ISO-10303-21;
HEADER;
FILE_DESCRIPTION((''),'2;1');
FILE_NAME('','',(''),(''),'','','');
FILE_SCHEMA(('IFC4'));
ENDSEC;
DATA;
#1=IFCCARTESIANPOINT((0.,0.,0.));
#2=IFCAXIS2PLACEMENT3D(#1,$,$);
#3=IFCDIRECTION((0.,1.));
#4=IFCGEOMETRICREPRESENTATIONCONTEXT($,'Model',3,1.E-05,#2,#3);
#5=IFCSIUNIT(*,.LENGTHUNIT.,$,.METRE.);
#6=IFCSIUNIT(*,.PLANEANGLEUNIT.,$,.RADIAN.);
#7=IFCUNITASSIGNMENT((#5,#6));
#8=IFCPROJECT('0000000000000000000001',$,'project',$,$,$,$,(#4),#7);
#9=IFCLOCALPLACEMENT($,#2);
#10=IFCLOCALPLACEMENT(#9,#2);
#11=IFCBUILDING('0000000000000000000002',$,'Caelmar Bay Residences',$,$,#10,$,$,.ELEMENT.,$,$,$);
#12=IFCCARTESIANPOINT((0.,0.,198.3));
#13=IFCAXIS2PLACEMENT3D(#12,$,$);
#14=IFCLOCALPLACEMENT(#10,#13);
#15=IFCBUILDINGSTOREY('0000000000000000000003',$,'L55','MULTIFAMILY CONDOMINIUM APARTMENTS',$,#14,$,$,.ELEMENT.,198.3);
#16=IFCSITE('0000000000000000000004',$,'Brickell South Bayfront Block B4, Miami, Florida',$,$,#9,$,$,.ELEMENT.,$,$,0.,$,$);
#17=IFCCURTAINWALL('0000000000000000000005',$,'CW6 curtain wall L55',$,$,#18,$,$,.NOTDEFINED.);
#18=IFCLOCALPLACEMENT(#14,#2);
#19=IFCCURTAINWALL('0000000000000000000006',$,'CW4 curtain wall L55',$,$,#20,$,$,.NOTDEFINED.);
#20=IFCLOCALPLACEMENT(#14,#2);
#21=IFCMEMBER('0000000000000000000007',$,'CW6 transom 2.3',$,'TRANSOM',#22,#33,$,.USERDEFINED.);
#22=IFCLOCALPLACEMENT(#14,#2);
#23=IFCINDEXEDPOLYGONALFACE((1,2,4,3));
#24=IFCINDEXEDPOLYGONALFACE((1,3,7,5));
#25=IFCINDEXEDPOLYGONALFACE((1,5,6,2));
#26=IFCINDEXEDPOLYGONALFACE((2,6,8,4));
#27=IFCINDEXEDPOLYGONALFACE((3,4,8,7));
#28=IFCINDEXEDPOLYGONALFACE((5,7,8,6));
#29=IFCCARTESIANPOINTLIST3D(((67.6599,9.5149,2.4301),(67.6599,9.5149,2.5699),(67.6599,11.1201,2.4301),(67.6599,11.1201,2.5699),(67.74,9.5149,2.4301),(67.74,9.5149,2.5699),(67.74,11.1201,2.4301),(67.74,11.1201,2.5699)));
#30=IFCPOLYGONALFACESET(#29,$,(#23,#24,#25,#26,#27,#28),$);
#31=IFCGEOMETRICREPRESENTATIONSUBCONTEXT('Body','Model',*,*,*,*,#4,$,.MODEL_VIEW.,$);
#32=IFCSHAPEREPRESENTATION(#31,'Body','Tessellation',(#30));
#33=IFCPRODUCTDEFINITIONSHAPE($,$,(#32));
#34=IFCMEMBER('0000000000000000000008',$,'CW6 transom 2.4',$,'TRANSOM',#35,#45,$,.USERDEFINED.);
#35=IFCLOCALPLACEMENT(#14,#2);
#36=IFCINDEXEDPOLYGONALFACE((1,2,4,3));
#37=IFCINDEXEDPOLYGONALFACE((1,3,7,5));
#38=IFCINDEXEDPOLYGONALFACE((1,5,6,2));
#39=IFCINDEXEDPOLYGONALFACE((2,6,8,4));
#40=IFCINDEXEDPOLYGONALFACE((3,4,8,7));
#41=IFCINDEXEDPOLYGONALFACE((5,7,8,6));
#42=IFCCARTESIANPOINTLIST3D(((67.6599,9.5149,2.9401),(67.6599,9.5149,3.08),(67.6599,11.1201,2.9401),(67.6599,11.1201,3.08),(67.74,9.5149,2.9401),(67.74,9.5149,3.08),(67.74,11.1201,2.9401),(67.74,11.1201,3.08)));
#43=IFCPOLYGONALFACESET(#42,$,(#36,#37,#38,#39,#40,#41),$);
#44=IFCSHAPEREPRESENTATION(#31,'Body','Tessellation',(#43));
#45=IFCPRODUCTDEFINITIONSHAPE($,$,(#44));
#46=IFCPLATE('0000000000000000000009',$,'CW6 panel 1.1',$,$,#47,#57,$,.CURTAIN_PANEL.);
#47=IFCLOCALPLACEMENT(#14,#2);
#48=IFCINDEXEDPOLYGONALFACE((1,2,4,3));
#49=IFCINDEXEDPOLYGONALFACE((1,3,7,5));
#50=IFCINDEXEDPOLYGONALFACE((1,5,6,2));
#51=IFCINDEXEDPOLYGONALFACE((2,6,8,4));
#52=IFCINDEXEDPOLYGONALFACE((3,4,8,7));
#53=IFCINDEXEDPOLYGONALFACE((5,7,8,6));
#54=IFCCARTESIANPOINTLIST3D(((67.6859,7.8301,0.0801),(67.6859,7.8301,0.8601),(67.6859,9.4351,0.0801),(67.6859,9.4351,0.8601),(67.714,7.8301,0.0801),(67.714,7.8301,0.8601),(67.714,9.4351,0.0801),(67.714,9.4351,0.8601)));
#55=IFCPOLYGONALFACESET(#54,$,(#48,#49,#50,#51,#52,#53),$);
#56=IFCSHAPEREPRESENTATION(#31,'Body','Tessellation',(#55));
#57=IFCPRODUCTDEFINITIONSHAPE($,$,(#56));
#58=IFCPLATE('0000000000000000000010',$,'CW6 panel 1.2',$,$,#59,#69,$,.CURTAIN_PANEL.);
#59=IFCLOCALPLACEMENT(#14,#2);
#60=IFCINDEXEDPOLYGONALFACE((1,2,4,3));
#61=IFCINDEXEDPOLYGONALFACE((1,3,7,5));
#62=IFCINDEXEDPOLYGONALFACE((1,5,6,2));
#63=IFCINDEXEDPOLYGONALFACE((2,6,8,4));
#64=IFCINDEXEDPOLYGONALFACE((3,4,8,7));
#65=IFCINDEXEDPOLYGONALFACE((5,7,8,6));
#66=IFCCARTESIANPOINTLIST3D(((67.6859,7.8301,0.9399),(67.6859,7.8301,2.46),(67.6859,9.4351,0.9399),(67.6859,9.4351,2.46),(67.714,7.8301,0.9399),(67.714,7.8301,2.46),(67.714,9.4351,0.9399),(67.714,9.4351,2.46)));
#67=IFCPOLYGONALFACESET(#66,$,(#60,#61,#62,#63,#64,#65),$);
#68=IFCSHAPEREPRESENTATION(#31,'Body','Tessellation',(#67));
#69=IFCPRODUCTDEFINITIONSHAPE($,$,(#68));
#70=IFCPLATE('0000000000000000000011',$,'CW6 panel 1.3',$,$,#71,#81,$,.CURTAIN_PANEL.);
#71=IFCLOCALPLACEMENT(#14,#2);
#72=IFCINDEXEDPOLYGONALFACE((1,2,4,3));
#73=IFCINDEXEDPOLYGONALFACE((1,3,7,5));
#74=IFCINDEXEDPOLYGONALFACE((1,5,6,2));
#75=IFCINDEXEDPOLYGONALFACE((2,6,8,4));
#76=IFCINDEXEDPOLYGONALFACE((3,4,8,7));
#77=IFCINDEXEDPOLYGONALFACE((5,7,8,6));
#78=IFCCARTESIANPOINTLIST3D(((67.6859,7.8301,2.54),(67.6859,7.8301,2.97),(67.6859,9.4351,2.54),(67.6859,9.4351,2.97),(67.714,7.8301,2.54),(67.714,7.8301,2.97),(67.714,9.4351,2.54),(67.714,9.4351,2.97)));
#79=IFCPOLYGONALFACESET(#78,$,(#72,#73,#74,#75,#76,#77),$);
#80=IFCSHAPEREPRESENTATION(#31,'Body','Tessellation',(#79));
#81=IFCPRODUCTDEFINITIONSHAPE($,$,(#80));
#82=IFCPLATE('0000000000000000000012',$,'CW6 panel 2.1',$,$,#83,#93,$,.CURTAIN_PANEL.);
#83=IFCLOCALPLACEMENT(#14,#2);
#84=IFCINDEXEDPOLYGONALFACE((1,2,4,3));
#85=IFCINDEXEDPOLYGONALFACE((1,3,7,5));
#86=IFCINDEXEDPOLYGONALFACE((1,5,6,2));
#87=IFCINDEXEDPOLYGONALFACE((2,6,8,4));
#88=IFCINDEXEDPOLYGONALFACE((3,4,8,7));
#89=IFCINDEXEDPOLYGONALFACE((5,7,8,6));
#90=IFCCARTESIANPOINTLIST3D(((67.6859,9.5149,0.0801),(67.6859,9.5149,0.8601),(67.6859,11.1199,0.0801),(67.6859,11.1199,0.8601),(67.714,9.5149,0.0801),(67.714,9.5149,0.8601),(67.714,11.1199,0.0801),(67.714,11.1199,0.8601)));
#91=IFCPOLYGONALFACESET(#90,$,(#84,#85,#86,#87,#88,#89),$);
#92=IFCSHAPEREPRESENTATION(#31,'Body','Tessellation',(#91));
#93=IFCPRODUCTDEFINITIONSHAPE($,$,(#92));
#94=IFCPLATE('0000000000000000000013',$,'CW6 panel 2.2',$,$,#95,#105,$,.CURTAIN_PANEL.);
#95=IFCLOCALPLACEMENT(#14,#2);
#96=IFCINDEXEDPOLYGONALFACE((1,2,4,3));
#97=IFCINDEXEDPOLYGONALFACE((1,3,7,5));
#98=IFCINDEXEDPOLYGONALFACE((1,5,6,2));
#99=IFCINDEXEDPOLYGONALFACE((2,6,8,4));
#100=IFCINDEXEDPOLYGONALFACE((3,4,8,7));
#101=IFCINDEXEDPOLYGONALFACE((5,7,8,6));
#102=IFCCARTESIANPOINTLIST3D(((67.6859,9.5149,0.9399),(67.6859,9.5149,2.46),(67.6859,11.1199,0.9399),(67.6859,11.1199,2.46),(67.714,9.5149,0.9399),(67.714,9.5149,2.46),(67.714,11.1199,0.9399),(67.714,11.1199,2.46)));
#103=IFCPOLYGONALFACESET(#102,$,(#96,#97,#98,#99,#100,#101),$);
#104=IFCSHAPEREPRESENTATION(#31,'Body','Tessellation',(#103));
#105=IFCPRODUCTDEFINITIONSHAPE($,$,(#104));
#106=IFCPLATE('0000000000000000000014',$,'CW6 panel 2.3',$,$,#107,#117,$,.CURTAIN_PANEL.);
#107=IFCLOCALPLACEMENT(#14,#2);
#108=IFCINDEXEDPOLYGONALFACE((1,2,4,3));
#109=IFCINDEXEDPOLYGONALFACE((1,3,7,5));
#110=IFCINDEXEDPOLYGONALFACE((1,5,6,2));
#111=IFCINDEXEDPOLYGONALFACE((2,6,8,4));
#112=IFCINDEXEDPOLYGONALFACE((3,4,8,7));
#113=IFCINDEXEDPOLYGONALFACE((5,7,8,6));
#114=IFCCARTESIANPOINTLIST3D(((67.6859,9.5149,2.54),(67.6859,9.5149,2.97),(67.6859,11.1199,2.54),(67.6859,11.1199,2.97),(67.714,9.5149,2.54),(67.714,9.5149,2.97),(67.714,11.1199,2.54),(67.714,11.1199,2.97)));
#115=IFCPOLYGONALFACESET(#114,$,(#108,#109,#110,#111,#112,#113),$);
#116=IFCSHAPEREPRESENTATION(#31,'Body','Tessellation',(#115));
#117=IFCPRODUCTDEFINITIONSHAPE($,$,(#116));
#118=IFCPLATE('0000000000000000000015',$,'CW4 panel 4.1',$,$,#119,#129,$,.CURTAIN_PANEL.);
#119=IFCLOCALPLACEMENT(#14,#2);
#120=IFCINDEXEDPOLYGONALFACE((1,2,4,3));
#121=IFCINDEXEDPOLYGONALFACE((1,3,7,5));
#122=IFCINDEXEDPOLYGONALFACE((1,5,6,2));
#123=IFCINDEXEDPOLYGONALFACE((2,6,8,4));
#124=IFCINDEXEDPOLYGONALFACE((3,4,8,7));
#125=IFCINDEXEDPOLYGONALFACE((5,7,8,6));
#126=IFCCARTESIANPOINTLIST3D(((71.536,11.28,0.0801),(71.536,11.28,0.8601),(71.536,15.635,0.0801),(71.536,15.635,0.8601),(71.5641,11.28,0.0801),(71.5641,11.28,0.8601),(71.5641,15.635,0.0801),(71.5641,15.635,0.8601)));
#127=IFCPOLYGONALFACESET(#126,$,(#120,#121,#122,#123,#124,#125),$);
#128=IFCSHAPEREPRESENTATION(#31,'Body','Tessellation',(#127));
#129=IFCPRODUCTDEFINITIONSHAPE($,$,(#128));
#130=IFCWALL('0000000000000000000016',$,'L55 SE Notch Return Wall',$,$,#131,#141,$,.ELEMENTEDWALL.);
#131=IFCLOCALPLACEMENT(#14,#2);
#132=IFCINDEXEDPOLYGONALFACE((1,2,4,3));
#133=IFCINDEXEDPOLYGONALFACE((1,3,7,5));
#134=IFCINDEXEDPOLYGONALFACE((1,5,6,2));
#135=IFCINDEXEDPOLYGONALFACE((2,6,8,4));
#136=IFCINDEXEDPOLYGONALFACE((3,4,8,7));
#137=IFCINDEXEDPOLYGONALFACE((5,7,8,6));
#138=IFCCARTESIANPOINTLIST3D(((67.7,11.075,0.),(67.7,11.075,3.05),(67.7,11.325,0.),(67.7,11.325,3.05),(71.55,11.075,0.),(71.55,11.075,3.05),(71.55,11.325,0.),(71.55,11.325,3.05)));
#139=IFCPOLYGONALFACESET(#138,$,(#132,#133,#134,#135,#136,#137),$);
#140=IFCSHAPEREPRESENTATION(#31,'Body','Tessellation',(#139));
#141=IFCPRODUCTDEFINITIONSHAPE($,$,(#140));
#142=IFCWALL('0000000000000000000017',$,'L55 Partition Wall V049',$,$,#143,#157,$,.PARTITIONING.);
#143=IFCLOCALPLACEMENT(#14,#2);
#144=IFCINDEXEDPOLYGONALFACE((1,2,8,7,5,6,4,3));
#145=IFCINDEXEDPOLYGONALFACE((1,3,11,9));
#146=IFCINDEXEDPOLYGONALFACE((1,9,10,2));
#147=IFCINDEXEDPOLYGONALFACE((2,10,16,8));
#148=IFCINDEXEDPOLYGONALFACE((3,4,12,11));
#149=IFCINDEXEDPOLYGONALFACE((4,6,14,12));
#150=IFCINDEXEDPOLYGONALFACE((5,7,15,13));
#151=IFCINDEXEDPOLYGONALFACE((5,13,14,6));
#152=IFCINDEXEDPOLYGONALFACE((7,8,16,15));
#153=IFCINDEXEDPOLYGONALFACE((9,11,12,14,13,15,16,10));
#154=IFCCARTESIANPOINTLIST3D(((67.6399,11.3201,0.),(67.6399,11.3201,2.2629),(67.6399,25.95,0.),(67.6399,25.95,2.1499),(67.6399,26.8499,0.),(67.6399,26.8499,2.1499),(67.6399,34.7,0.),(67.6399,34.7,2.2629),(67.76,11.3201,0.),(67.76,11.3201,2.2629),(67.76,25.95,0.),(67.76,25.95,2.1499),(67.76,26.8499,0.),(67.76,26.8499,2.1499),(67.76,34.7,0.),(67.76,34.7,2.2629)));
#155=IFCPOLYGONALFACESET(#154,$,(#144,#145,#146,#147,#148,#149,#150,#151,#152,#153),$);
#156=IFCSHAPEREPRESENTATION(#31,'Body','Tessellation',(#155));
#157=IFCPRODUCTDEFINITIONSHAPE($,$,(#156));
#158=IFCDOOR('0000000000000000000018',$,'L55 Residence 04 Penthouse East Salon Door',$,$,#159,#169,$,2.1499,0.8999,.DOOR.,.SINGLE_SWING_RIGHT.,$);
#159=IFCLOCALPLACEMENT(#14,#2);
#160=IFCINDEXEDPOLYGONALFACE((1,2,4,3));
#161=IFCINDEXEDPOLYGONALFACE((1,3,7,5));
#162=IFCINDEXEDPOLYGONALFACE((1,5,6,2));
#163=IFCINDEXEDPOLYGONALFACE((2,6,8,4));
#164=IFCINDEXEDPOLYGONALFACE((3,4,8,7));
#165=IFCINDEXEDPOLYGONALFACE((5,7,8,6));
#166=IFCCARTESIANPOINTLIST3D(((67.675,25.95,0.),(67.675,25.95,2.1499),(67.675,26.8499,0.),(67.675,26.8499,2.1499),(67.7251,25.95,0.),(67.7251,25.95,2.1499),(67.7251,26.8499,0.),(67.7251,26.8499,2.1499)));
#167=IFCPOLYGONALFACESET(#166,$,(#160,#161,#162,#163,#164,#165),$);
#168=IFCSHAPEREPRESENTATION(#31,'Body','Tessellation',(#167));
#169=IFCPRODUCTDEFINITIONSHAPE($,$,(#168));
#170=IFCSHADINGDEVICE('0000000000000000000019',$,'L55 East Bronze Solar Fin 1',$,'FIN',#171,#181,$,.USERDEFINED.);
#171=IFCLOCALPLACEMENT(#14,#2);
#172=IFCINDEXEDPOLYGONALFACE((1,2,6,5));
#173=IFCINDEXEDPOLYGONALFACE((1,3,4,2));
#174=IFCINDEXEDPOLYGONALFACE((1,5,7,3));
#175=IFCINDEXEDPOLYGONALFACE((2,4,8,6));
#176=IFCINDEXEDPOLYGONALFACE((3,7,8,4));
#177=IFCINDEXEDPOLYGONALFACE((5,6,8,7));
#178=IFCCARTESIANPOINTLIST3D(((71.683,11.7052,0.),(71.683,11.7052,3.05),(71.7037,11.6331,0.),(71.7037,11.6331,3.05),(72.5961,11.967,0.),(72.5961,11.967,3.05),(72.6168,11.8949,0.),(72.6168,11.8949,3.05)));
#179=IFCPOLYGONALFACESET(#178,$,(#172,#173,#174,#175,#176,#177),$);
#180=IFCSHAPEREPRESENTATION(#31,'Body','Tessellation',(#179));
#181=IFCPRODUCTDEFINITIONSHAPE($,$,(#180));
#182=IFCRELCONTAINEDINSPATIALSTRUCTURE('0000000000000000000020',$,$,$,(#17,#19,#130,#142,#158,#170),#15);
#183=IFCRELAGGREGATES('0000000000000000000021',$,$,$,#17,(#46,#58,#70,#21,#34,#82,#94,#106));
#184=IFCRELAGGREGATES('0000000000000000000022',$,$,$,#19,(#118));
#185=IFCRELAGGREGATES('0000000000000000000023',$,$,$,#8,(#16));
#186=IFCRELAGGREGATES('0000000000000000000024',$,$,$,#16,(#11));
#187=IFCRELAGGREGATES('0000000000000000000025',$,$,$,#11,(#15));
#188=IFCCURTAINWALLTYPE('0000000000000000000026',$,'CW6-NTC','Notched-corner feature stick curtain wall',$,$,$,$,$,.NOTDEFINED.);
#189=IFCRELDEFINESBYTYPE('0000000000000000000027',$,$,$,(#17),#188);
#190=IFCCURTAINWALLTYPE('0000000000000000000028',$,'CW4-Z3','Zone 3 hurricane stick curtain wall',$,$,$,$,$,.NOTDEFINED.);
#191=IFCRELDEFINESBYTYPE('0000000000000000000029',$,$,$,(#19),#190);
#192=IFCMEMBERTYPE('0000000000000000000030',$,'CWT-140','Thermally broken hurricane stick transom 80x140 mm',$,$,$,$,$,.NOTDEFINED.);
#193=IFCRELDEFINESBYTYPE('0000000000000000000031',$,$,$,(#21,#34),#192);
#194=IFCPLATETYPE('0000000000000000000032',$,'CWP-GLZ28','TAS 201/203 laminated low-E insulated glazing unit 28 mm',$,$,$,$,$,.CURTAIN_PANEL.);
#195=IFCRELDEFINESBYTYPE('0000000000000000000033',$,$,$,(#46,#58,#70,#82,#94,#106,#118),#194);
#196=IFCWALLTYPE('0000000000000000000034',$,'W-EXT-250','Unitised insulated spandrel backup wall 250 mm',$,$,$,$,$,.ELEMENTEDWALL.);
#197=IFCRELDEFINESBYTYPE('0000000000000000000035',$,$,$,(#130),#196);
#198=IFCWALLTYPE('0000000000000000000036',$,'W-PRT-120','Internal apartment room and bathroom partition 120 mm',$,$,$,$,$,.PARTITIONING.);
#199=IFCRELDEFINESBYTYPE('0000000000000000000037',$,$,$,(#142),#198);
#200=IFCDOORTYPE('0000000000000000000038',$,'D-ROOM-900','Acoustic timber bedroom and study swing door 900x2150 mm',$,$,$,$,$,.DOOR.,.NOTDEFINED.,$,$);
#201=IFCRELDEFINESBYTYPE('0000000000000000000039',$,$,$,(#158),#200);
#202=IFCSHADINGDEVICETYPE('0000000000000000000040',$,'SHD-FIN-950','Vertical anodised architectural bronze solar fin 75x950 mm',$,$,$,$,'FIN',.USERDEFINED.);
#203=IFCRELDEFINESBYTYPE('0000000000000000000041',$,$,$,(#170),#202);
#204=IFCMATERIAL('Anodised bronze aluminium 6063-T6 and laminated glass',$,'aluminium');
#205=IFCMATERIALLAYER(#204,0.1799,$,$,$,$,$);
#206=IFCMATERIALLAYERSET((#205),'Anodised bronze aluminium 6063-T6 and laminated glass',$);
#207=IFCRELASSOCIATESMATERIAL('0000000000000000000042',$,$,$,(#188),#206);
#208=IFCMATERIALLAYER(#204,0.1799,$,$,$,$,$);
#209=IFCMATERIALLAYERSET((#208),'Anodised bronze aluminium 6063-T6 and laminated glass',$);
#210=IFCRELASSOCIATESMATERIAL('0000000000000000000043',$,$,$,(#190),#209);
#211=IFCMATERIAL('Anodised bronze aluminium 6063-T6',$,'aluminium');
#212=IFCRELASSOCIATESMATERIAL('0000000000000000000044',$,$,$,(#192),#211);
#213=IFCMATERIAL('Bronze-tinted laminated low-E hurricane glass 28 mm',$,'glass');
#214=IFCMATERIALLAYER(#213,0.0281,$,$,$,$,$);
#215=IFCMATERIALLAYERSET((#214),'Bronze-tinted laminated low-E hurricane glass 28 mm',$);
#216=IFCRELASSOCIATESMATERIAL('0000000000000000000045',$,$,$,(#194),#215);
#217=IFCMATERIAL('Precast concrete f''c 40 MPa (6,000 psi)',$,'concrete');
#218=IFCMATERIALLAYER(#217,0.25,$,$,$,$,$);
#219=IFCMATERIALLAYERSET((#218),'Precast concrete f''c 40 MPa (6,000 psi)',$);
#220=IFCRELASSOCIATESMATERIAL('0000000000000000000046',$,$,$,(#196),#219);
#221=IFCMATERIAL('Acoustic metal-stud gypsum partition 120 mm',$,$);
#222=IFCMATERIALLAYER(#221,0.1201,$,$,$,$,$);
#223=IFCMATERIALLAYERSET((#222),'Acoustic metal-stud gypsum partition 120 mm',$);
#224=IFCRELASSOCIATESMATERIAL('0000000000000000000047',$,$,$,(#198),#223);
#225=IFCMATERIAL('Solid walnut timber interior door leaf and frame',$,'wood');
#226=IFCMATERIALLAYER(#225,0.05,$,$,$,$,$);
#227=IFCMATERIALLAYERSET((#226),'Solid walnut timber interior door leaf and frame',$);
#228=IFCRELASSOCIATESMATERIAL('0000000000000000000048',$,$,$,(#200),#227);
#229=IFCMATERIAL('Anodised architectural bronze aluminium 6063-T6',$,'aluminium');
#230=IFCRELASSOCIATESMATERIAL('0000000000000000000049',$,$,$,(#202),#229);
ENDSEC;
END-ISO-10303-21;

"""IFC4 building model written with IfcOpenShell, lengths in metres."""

from ifc_helpers import new_model, si_unit, direction, frame, frame_2d, origin, origin_2d, place, context, subcontext, project, spatial, rectangle, extrude, material, layer, layer_set, material_profile, profile_set, type_object, element, fill, aggregate, save


model = new_model("IFC4")

# Units and contexts
model_context = context("Model", 3, precision=1e-05, world=origin(), true_north=direction((0.0, 1.0)))
body_context = subcontext(model_context, "Body", "Model", "MODEL_VIEW")
ifc_project = project(units=[si_unit("LENGTHUNIT", "METRE"), si_unit("PLANEANGLEUNIT", "RADIAN")], contexts=[model_context])

# Site, building, storey
site_placement = place(None, origin())
site = spatial("IfcSite", under=ifc_project, at=site_placement, Name="Brickell South Bayfront Block B4, Miami, Florida", CompositionType="ELEMENT", RefElevation=0.0)
building_placement = place(site_placement, origin())
building = spatial("IfcBuilding", under=site, at=building_placement, Name="Caelmar Bay Residences", CompositionType="ELEMENT")
storey_placement = place(building_placement, frame((0.0, 0.0, 198.3)))
storey = spatial("IfcBuildingStorey", under=building, at=storey_placement, Name="L55", Description="MULTIFAMILY CONDOMINIUM APARTMENTS", CompositionType="ELEMENT", Elevation=198.3)

# Curtain wall
ifc_material_1 = material(Name="Anodised bronze aluminium 6063-T6 and laminated glass", Category="aluminium")
ifc_layer_1 = layer(ifc_material_1, 0.1799)
ifc_layer_set_1 = layer_set([ifc_layer_1], Name="Anodised bronze aluminium 6063-T6 and laminated glass")
curtain_wall_type_1 = type_object("IfcCurtainWallType", Name="CW6-NTC", Description="Notched-corner feature stick curtain wall", PredefinedType="NOTDEFINED", material=ifc_layer_set_1)
curtain_wall_1_placement = place(storey_placement, origin())
curtain_wall_1 = element("IfcCurtainWall", 1, at=curtain_wall_1_placement, inside=storey, type_object=curtain_wall_type_1, Name="CW6 curtain wall L55", PredefinedType="NOTDEFINED")
ifc_material_2 = material(Name="Anodised bronze aluminium 6063-T6", Category="aluminium")

# Curtain wall
ifc_layer_2 = layer(ifc_material_1, 0.1799)
ifc_layer_set_2 = layer_set([ifc_layer_2], Name="Anodised bronze aluminium 6063-T6 and laminated glass")
curtain_wall_type_2 = type_object("IfcCurtainWallType", Name="CW4-Z3", Description="Zone 3 hurricane stick curtain wall", PredefinedType="NOTDEFINED", material=ifc_layer_set_2)
curtain_wall_2_placement = place(storey_placement, origin())
curtain_wall_2 = element("IfcCurtainWall", 2, at=curtain_wall_2_placement, inside=storey, type_object=curtain_wall_type_2, Name="CW4 curtain wall L55", PredefinedType="NOTDEFINED")

# Members
ifc_material_profile_1 = material_profile(ifc_material_2, rectangle(XDim=0.0801, YDim=0.1399, at=origin_2d()), Name="CWT-80X140")
ifc_profile_set_1 = profile_set([ifc_material_profile_1], Name="Anodised bronze aluminium 6063-T6")
member_type_1 = type_object("IfcMemberType", Name="CWT-140", Description="Thermally broken hurricane stick transom 80x140 mm", PredefinedType="NOTDEFINED", material=ifc_profile_set_1)
member_1_placement = place(storey_placement, frame((67.7, 9.5149, 2.5), z_axis=(0.0, 1.0, 0.0), x_axis=(-1.0, 0.0, 0.0)))
member_1 = element("IfcMember", 3, at=member_1_placement, type_object=member_type_1, Name="CW6 transom 2.3", ObjectType="TRANSOM", PredefinedType="USERDEFINED", context=body_context, shape_type="SweptSolid", body=[
    extrude(rectangle(XDim=0.0801, YDim=0.1399, at=origin_2d()), origin(), (0.0, 0.0, 1.0), 1.6052),
])
member_2_placement = place(storey_placement, frame((67.7, 9.5149, 3.01), z_axis=(0.0, 1.0, 0.0), x_axis=(-1.0, 0.0, 0.0)))
member_2 = element("IfcMember", 4, at=member_2_placement, type_object=member_type_1, Name="CW6 transom 2.4", ObjectType="TRANSOM", PredefinedType="USERDEFINED", context=body_context, shape_type="SweptSolid", body=[
    extrude(rectangle(XDim=0.0801, YDim=0.1399, at=origin_2d()), origin(), (0.0, 0.0, 1.0), 1.6052),
])

# Plates
ifc_material_3 = material(Name="Bronze-tinted laminated low-E hurricane glass 28 mm", Category="glass")
ifc_layer_3 = layer(ifc_material_3, 0.0281)
ifc_layer_set_3 = layer_set([ifc_layer_3], Name="Bronze-tinted laminated low-E hurricane glass 28 mm")
plate_type = type_object("IfcPlateType", Name="CWP-GLZ28", Description="TAS 201/203 laminated low-E insulated glazing unit 28 mm", PredefinedType="CURTAIN_PANEL", material=ifc_layer_set_3)
plate_1_placement = place(storey_placement, frame((67.7, 8.6326, 0.0801), z_axis=(0.0, 0.0, 1.0), x_axis=(0.0, 1.0, 0.0)))
plate_1 = element("IfcPlate", 5, at=plate_1_placement, type_object=plate_type, Name="CW6 panel 1.1", PredefinedType="CURTAIN_PANEL", context=body_context, shape_type="SweptSolid", body=[
    extrude(rectangle(XDim=1.605, YDim=0.0281, at=origin_2d()), origin(), (0.0, 0.0, 1.0), 0.78),
])
plate_2_placement = place(storey_placement, frame((67.7, 8.6326, 0.9399), z_axis=(0.0, 0.0, 1.0), x_axis=(0.0, 1.0, 0.0)))
plate_2 = element("IfcPlate", 6, at=plate_2_placement, type_object=plate_type, Name="CW6 panel 1.2", PredefinedType="CURTAIN_PANEL", context=body_context, shape_type="SweptSolid", body=[
    extrude(rectangle(XDim=1.605, YDim=0.0281, at=origin_2d()), origin(), (0.0, 0.0, 1.0), 1.52),
])
plate_3_placement = place(storey_placement, frame((67.7, 8.6326, 2.54), z_axis=(0.0, 0.0, 1.0), x_axis=(0.0, 1.0, 0.0)))
plate_3 = element("IfcPlate", 7, at=plate_3_placement, type_object=plate_type, Name="CW6 panel 1.3", PredefinedType="CURTAIN_PANEL", context=body_context, shape_type="SweptSolid", body=[
    extrude(rectangle(XDim=1.605, YDim=0.0281, at=origin_2d()), origin(), (0.0, 0.0, 1.0), 0.4299),
])
plate_4_placement = place(storey_placement, frame((67.7, 10.3174, 0.0801), z_axis=(0.0, 0.0, 1.0), x_axis=(0.0, 1.0, 0.0)))
plate_4 = element("IfcPlate", 8, at=plate_4_placement, type_object=plate_type, Name="CW6 panel 2.1", PredefinedType="CURTAIN_PANEL", context=body_context, shape_type="SweptSolid", body=[
    extrude(rectangle(XDim=1.605, YDim=0.0281, at=origin_2d()), origin(), (0.0, 0.0, 1.0), 0.78),
])
plate_5_placement = place(storey_placement, frame((67.7, 10.3174, 0.9399), z_axis=(0.0, 0.0, 1.0), x_axis=(0.0, 1.0, 0.0)))
plate_5 = element("IfcPlate", 9, at=plate_5_placement, type_object=plate_type, Name="CW6 panel 2.2", PredefinedType="CURTAIN_PANEL", context=body_context, shape_type="SweptSolid", body=[
    extrude(rectangle(XDim=1.605, YDim=0.0281, at=origin_2d()), origin(), (0.0, 0.0, 1.0), 1.52),
])
plate_6_placement = place(storey_placement, frame((67.7, 10.3174, 2.54), z_axis=(0.0, 0.0, 1.0), x_axis=(0.0, 1.0, 0.0)))
plate_6 = element("IfcPlate", 10, at=plate_6_placement, type_object=plate_type, Name="CW6 panel 2.3", PredefinedType="CURTAIN_PANEL", context=body_context, shape_type="SweptSolid", body=[
    extrude(rectangle(XDim=1.605, YDim=0.0281, at=origin_2d()), origin(), (0.0, 0.0, 1.0), 0.4299),
])
aggregate(curtain_wall_1, [plate_1, plate_2, plate_3, member_1, member_2, plate_4, plate_5, plate_6])
plate_7_placement = place(storey_placement, frame((71.55, 13.4575, 0.0801), z_axis=(0.0, 0.0, 1.0), x_axis=(0.0, -1.0, 0.0)))
plate_7 = element("IfcPlate", 11, at=plate_7_placement, type_object=plate_type, Name="CW4 panel 4.1", PredefinedType="CURTAIN_PANEL", context=body_context, shape_type="SweptSolid", body=[
    extrude(rectangle(XDim=4.355, YDim=0.0281, at=origin_2d()), origin(), (0.0, 0.0, 1.0), 0.78),
])
aggregate(curtain_wall_2, [plate_7])

# Wall
ifc_material_4 = material(Name="Precast concrete f'c 40 MPa (6,000 psi)", Category="concrete")
ifc_layer_4 = layer(ifc_material_4, 0.25)
ifc_layer_set_4 = layer_set([ifc_layer_4], Name="Precast concrete f'c 40 MPa (6,000 psi)")
wall_type_1 = type_object("IfcWallType", Name="W-EXT-250", Description="Unitised insulated spandrel backup wall 250 mm", PredefinedType="ELEMENTEDWALL", material=ifc_layer_set_4)
wall_1_placement = place(storey_placement, frame((67.7, 11.2, 0.0), z_axis=(0.0, 0.0, 1.0), x_axis=(1.0, 0.0, 0.0)))
element("IfcWall", 12, at=wall_1_placement, inside=storey, type_object=wall_type_1, Name="L55 SE Notch Return Wall", PredefinedType="ELEMENTEDWALL", context=body_context, shape_type="SweptSolid", body=[
    extrude(rectangle(XDim=3.8501, YDim=0.25, at=frame_2d((1.925, 0.0))), origin(), (0.0, 0.0, 1.0), 3.05),
])

# Wall, opening, door
ifc_material_5 = material(Name="Acoustic metal-stud gypsum partition 120 mm")
ifc_layer_5 = layer(ifc_material_5, 0.1201)
ifc_layer_set_5 = layer_set([ifc_layer_5], Name="Acoustic metal-stud gypsum partition 120 mm")
wall_type_2 = type_object("IfcWallType", Name="W-PRT-120", Description="Internal apartment room and bathroom partition 120 mm", PredefinedType="PARTITIONING", material=ifc_layer_set_5)
wall_2_placement = place(storey_placement, frame((67.7, 11.3201, 0.0), z_axis=(0.0, 0.0, 1.0), x_axis=(0.0, 1.0, 0.0)))
wall_2 = element("IfcWall", 13, at=wall_2_placement, inside=storey, type_object=wall_type_2, Name="L55 Partition Wall V049", PredefinedType="PARTITIONING", context=body_context, shape_type="SweptSolid", body=[
    extrude(rectangle(XDim=23.3799, YDim=0.1201, at=frame_2d((11.6899, 0.0))), origin(), (0.0, 0.0, 1.0), 2.2629),
])
opening_placement = place(wall_2_placement, frame((14.6299, 0.0, 0.0)))
opening = element("IfcOpeningElement", 14, at=opening_placement, cuts=wall_2, PredefinedType="OPENING", context=body_context, shape_type="SweptSolid", body=[
    extrude(rectangle(XDim=0.8999, YDim=2.1499, at=frame_2d((0.45, 1.075))), frame((0.0, 0.0701, 0.0), z_axis=(0.0, -1.0, 0.0), x_axis=(1.0, 0.0, 0.0)), (0.0, 0.0, 1.0), 0.1401),
])
ifc_material_6 = material(Name="Solid walnut timber interior door leaf and frame", Category="wood")
ifc_layer_6 = layer(ifc_material_6, 0.05)
ifc_layer_set_6 = layer_set([ifc_layer_6], Name="Solid walnut timber interior door leaf and frame")
door_type = type_object("IfcDoorType", Name="D-ROOM-900", Description="Acoustic timber bedroom and study swing door 900x2150 mm", OperationType="NOTDEFINED", PredefinedType="DOOR", material=ifc_layer_set_6)
door_placement = place(opening_placement, origin())
door = element("IfcDoor", 15, at=door_placement, inside=storey, type_object=door_type, Name="L55 Residence 04 Penthouse East Salon Door", OperationType="SINGLE_SWING_RIGHT", OverallHeight=2.1499, OverallWidth=0.8999, PredefinedType="DOOR", context=body_context, shape_type="SweptSolid", body=[
    extrude(rectangle(XDim=0.8999, YDim=2.1499, at=frame_2d((0.45, 1.075))), frame((0.0, 0.0249, 0.0), z_axis=(0.0, -1.0, 0.0), x_axis=(1.0, 0.0, 0.0)), (0.0, 0.0, 1.0), 0.05),
])
fill(opening, door)

# Shading device
ifc_material_7 = material(Name="Anodised architectural bronze aluminium 6063-T6", Category="aluminium")
ifc_material_profile_2 = material_profile(ifc_material_7, rectangle(XDim=0.075, YDim=0.95, at=origin_2d()), Name="BRONZE-FIN-75X950")
ifc_profile_set_2 = profile_set([ifc_material_profile_2], Name="Anodised architectural bronze aluminium 6063-T6")
shading_device_type = type_object("IfcShadingDeviceType", Name="SHD-FIN-950", Description="Vertical anodised architectural bronze solar fin 75x950 mm", ElementType="FIN", PredefinedType="USERDEFINED", material=ifc_profile_set_2)
shading_device_placement = place(storey_placement, frame((72.1499, 11.8, 0.0), z_axis=(0.0, 0.0, 1.0), x_axis=(-0.275637, 0.961262, 0.0)))
element("IfcShadingDevice", 16, at=shading_device_placement, inside=storey, type_object=shading_device_type, Name="L55 East Bronze Solar Fin 1", ObjectType="FIN", PredefinedType="USERDEFINED", context=body_context, shape_type="SweptSolid", body=[
    extrude(rectangle(XDim=0.075, YDim=0.95, at=origin_2d()), origin(), (0.0, 0.0, 1.0), 3.05),
])

save(model, "model.ifc")
